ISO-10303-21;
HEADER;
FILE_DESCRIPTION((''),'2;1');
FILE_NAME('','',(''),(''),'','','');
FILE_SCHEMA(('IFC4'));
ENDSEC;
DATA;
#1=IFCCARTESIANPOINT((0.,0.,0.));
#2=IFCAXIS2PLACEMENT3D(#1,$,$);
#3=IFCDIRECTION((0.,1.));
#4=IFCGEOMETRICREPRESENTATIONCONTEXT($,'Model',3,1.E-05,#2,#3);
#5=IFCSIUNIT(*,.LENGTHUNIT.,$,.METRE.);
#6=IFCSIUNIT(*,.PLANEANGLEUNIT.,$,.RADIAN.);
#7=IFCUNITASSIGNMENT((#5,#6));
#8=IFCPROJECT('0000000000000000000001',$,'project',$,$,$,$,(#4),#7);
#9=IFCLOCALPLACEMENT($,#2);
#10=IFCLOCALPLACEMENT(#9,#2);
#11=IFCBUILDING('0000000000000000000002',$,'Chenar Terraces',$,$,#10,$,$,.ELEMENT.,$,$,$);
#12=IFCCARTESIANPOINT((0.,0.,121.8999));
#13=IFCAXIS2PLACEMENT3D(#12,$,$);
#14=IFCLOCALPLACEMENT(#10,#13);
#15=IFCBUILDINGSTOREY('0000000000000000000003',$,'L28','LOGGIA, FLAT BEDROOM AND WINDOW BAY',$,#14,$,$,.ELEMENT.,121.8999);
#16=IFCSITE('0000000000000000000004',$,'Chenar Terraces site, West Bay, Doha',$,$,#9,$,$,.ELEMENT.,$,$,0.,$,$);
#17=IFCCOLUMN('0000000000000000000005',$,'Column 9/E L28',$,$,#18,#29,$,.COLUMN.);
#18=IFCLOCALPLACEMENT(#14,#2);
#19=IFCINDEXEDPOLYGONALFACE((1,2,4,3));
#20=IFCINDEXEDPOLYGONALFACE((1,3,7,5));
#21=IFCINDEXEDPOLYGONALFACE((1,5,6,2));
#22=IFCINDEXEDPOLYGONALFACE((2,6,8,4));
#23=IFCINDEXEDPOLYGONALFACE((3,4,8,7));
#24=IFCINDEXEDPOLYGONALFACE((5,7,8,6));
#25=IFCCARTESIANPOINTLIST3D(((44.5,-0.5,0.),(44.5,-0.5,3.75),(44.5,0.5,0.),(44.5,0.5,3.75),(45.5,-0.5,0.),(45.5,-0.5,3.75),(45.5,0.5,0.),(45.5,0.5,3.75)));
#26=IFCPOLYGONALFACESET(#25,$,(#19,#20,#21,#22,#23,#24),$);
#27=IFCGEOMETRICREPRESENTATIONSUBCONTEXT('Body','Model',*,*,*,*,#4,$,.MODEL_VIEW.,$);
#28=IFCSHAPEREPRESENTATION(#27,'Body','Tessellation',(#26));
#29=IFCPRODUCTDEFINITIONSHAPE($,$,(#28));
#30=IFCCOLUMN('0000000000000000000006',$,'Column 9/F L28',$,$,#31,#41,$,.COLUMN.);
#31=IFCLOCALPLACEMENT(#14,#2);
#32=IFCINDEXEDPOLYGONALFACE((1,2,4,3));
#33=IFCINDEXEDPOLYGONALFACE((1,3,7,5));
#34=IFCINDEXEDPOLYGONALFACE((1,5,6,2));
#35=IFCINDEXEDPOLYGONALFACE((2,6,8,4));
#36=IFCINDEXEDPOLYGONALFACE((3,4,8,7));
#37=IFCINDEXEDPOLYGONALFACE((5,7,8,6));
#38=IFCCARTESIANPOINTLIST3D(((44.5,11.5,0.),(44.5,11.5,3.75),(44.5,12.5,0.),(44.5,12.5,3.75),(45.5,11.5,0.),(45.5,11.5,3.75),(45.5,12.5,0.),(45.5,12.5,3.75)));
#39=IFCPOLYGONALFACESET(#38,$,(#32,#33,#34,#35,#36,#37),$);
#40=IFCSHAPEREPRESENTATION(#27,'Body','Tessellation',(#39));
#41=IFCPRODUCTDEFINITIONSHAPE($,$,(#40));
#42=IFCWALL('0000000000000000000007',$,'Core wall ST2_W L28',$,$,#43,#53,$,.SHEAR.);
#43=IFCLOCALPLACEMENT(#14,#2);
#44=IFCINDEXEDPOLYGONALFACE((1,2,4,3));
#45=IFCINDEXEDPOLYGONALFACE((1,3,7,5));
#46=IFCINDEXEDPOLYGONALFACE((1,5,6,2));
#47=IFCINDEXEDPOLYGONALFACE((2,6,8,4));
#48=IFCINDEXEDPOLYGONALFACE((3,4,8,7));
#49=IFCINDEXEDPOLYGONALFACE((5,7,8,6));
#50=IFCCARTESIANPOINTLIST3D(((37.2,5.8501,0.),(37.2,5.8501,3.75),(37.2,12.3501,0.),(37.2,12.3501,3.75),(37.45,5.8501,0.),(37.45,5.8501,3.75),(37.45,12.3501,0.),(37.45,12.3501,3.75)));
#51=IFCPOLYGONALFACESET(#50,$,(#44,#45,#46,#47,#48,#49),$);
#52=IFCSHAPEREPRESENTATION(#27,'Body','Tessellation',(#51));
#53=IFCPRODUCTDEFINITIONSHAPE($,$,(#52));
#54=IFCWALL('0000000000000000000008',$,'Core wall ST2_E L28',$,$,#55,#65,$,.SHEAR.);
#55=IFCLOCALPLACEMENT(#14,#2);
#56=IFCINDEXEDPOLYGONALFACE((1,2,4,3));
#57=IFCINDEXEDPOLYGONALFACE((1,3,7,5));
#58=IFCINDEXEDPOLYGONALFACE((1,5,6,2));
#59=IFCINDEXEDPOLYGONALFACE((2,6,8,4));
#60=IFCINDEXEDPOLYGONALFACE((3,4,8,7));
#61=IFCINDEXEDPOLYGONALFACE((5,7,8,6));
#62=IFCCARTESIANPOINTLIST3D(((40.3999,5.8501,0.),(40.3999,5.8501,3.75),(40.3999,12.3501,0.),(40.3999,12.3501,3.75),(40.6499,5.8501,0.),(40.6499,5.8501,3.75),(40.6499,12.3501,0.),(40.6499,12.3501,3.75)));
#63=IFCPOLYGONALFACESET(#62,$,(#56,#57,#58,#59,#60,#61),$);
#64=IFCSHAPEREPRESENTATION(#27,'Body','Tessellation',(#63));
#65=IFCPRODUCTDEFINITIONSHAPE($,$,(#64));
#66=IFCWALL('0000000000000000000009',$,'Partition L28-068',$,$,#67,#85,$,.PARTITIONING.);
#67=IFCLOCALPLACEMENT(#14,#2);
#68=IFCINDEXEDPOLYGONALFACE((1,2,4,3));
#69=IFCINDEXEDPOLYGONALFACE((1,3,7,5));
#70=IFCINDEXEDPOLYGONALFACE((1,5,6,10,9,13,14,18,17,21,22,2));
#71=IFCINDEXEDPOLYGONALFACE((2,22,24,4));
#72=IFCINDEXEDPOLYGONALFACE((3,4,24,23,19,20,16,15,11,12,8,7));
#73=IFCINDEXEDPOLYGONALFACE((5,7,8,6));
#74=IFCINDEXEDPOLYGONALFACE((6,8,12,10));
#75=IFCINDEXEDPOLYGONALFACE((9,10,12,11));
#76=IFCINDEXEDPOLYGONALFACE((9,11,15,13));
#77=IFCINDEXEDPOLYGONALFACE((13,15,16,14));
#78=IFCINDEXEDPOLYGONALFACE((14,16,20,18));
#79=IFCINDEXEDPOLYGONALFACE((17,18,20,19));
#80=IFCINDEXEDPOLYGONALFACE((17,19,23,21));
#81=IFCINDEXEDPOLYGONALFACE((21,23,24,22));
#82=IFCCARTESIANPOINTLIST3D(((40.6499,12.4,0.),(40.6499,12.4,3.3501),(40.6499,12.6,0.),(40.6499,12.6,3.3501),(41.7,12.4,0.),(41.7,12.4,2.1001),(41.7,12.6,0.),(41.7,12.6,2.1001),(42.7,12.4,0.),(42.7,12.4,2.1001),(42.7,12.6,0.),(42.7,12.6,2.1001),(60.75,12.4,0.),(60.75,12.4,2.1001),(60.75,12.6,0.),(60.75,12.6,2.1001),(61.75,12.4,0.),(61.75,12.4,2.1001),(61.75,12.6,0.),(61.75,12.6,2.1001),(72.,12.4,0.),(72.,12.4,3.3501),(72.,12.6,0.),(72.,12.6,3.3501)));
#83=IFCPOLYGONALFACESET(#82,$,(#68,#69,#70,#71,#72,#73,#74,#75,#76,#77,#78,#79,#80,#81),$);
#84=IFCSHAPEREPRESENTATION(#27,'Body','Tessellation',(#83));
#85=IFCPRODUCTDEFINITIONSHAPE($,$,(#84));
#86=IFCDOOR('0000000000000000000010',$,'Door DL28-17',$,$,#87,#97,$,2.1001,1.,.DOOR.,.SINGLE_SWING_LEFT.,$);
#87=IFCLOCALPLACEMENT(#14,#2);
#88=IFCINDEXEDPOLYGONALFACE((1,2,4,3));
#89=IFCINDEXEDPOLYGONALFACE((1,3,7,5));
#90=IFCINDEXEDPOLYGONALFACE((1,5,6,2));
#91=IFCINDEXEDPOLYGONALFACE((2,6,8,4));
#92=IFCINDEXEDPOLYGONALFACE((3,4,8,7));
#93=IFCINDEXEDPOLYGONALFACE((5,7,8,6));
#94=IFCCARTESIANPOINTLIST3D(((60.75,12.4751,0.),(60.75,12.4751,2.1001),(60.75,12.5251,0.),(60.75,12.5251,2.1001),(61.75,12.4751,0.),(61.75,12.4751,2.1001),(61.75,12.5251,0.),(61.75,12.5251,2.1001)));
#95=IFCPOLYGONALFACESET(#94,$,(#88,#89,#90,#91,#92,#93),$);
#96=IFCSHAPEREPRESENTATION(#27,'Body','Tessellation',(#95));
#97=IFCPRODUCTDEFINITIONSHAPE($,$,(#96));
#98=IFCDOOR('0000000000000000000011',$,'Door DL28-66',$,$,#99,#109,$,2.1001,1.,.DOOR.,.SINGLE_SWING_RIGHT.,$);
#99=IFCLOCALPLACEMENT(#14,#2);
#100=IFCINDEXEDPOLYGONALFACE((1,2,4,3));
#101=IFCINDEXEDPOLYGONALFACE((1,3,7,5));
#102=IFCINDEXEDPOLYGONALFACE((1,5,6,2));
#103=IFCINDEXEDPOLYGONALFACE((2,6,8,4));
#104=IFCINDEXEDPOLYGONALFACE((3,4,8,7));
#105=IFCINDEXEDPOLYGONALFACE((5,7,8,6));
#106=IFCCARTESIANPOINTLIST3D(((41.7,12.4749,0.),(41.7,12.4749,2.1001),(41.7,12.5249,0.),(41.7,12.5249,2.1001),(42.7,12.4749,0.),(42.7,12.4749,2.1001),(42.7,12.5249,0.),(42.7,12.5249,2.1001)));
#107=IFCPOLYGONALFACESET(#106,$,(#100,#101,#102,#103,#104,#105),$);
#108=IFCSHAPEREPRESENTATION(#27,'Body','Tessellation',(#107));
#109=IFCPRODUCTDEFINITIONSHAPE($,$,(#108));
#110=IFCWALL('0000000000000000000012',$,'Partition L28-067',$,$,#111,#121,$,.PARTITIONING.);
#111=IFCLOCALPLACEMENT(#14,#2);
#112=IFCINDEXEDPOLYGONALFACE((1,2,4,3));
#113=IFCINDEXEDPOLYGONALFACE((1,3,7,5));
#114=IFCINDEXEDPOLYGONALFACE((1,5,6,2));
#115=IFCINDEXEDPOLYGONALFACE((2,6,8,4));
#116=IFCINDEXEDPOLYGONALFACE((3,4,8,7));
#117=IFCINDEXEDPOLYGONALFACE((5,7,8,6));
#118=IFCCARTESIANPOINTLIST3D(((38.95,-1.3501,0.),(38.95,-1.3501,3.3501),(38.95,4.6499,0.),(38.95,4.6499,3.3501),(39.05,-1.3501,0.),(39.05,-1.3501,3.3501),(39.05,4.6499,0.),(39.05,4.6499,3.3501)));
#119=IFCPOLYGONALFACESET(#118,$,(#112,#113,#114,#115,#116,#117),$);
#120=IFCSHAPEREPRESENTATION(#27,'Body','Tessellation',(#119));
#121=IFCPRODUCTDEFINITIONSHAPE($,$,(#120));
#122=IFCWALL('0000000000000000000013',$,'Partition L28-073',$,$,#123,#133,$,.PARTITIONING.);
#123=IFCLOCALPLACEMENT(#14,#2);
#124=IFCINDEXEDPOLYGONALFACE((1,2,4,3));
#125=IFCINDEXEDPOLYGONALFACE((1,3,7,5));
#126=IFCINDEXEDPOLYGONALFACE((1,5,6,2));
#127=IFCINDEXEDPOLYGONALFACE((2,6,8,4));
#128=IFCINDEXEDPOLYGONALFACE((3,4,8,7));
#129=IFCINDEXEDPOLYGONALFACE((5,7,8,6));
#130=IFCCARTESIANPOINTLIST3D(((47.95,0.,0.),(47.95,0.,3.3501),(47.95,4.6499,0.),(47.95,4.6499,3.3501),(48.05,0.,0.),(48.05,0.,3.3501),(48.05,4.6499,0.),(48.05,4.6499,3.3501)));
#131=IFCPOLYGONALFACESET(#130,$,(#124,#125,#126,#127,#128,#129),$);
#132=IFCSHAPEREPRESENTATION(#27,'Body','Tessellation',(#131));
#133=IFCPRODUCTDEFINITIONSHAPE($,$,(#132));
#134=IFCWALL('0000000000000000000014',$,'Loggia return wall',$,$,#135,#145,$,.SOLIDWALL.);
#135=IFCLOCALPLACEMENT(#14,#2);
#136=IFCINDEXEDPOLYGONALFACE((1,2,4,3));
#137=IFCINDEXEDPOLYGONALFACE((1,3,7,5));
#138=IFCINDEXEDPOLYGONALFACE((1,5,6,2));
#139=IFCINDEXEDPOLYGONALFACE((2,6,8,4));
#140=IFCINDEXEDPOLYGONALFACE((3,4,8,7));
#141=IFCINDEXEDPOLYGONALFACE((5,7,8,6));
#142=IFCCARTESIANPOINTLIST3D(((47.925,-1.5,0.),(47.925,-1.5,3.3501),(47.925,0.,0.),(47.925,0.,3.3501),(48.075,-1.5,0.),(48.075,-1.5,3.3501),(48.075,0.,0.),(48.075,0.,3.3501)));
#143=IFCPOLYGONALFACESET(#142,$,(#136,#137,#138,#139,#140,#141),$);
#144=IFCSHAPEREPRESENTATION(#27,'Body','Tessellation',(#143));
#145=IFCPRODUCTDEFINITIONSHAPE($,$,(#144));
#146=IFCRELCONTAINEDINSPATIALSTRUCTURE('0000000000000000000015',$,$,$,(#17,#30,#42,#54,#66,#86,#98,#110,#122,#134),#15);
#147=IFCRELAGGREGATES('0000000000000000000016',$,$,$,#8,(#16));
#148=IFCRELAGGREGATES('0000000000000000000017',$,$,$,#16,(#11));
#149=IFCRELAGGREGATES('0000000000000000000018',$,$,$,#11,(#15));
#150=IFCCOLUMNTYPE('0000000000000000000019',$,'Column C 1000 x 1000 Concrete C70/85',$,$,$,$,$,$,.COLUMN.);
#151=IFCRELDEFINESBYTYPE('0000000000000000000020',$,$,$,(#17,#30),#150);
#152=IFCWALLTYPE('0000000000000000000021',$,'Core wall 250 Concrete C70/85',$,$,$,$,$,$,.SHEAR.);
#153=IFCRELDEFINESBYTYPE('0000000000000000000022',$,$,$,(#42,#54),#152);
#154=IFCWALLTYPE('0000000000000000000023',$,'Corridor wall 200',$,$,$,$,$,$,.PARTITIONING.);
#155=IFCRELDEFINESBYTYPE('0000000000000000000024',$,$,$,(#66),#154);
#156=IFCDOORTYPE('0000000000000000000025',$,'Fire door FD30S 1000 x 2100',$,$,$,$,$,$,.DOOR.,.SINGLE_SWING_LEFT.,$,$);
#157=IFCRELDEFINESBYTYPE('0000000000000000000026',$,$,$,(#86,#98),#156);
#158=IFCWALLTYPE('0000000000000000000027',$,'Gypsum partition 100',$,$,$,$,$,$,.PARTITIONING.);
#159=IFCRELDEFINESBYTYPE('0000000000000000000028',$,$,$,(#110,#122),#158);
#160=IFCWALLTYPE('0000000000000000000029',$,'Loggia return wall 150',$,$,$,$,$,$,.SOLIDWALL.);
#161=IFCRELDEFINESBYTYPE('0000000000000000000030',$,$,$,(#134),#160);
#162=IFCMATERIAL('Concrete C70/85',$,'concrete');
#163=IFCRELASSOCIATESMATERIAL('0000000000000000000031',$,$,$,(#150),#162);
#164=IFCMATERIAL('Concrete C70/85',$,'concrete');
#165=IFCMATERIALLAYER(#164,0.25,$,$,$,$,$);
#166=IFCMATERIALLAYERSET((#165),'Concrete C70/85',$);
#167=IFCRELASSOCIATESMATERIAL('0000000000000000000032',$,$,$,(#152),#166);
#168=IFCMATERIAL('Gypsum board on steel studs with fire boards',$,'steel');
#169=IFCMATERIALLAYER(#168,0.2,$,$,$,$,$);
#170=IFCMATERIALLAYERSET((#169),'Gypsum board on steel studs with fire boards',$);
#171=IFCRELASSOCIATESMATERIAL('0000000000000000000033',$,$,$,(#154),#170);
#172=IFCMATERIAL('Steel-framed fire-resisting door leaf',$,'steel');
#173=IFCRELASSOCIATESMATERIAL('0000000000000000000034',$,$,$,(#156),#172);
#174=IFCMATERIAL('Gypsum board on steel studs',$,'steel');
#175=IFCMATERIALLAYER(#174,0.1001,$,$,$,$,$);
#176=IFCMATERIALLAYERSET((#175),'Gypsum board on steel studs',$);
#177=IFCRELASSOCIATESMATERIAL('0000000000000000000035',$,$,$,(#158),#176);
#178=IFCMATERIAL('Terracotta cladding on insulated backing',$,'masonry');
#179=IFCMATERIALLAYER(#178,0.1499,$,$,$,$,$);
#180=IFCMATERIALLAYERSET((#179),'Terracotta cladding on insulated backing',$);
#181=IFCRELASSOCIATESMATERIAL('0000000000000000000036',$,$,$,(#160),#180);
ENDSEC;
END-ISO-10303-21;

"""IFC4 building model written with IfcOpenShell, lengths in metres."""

from ifc_helpers import new_model, si_unit, direction, frame, frame_2d, origin, origin_2d, place, context, subcontext, project, spatial, rectangle, extrude, material, layer, layer_set, material_profile, profile_set, type_object, element, fill, save


model = new_model("IFC4")

# Units and contexts
model_context = context("Model", 3, precision=1e-05, world=origin(), true_north=direction((0.0, 1.0)))
body_context = subcontext(model_context, "Body", "Model", "MODEL_VIEW")
ifc_project = project(units=[si_unit("LENGTHUNIT", "METRE"), si_unit("PLANEANGLEUNIT", "RADIAN")], contexts=[model_context])

# Site, building, storey
site_placement = place(None, origin())
site = spatial("IfcSite", under=ifc_project, at=site_placement, Name="Chenar Terraces site, West Bay, Doha", CompositionType="ELEMENT", RefElevation=0.0)
building_placement = place(site_placement, origin())
building = spatial("IfcBuilding", under=site, at=building_placement, Name="Chenar Terraces", CompositionType="ELEMENT")
storey_placement = place(building_placement, frame((0.0, 0.0, 121.8999)))
storey = spatial("IfcBuildingStorey", under=building, at=storey_placement, Name="L28", Description="LOGGIA, FLAT BEDROOM AND WINDOW BAY", CompositionType="ELEMENT", Elevation=121.8999)

# Columns
ifc_material_1 = material(Name="Concrete C70/85", Category="concrete")
ifc_material_profile_1 = material_profile(ifc_material_1, rectangle(XDim=1.0, YDim=1.0, at=origin_2d()), Name="C 1000 x 1000")
ifc_profile_set_1 = profile_set([ifc_material_profile_1], Name="Concrete C70/85")
column_type = type_object("IfcColumnType", Name="Column C 1000 x 1000 Concrete C70/85", PredefinedType="COLUMN", material=ifc_profile_set_1)
for number, where, z_axis, x_axis, name in (
    (1, (45.0, 0.0, 0.0), (0.0, 0.0, 1.0), (1.0, 0.0, 0.0), "Column 9/E L28"),
    (2, (45.0, 12.0, 0.0), (0.0, 0.0, 1.0), (1.0, 0.0, 0.0), "Column 9/F L28"),
):
    element("IfcColumn", number, at=place(storey_placement, frame(where, z_axis=z_axis, x_axis=x_axis)), inside=storey, type_object=column_type, Name=name, PredefinedType="COLUMN", context=body_context, shape_type="SweptSolid", body=[
        extrude(rectangle(XDim=1.0, YDim=1.0, at=origin_2d()), origin(), (0.0, 0.0, 1.0), 3.75),
    ])

# Walls
ifc_material_2 = material(Name="Concrete C70/85", Category="concrete")
ifc_layer_1 = layer(ifc_material_2, 0.25)
ifc_layer_set_1 = layer_set([ifc_layer_1], Name="Concrete C70/85")
wall_type_1 = type_object("IfcWallType", Name="Core wall 250 Concrete C70/85", PredefinedType="SHEAR", material=ifc_layer_set_1)
for number, where, z_axis, x_axis, name in (
    (3, (37.325, 5.8501, 0.0), (0.0, 0.0, 1.0), (0.0, 1.0, 0.0), "Core wall ST2_W L28"),
    (4, (40.5249, 5.8501, 0.0), (0.0, 0.0, 1.0), (0.0, 1.0, 0.0), "Core wall ST2_E L28"),
):
    element("IfcWall", number, at=place(storey_placement, frame(where, z_axis=z_axis, x_axis=x_axis)), inside=storey, type_object=wall_type_1, Name=name, PredefinedType="SHEAR", context=body_context, shape_type="SweptSolid", body=[
        extrude(rectangle(XDim=6.5, YDim=0.25, at=frame_2d((3.25, 0.0))), origin(), (0.0, 0.0, 1.0), 3.75),
    ])

# Wall, openings, doors
ifc_material_3 = material(Name="Gypsum board on steel studs with fire boards", Category="steel")
ifc_layer_2 = layer(ifc_material_3, 0.2)
ifc_layer_set_2 = layer_set([ifc_layer_2], Name="Gypsum board on steel studs with fire boards")
wall_type_2 = type_object("IfcWallType", Name="Corridor wall 200", PredefinedType="PARTITIONING", material=ifc_layer_set_2)
wall_1_placement = place(storey_placement, frame((40.6499, 12.5, 0.0), z_axis=(0.0, 0.0, 1.0), x_axis=(1.0, 0.0, 0.0)))
wall_1 = element("IfcWall", 5, at=wall_1_placement, inside=storey, type_object=wall_type_2, Name="Partition L28-068", PredefinedType="PARTITIONING", context=body_context, shape_type="SweptSolid", body=[
    extrude(rectangle(XDim=31.3501, YDim=0.2, at=frame_2d((15.675, 0.0))), origin(), (0.0, 0.0, 1.0), 3.3501),
])
opening_1_placement = place(wall_1_placement, frame((20.1001, 0.0, 0.0)))
opening_1 = element("IfcOpeningElement", 6, at=opening_1_placement, cuts=wall_1, PredefinedType="OPENING", context=body_context, shape_type="SweptSolid", body=[
    extrude(rectangle(XDim=1.0, YDim=2.1001, at=frame_2d((0.5, 1.05))), frame((0.0, 0.1099, 0.0), z_axis=(0.0, -1.0, 0.0), x_axis=(1.0, 0.0, 0.0)), (0.0, 0.0, 1.0), 0.22),
])
opening_2_placement = place(wall_1_placement, frame((1.05, 0.0, 0.0)))
opening_2 = element("IfcOpeningElement", 7, at=opening_2_placement, cuts=wall_1, PredefinedType="OPENING", context=body_context, shape_type="SweptSolid", body=[
    extrude(rectangle(XDim=1.0, YDim=2.1001, at=frame_2d((0.5, 1.05))), frame((0.0, 0.1099, 0.0), z_axis=(0.0, -1.0, 0.0), x_axis=(1.0, 0.0, 0.0)), (0.0, 0.0, 1.0), 0.22),
])
ifc_material_4 = material(Name="Steel-framed fire-resisting door leaf", Category="steel")
door_type_1 = type_object("IfcDoorType", Name="Fire door FD30S 1000 x 2100", OperationType="SINGLE_SWING_LEFT", PredefinedType="DOOR", material=ifc_material_4)
door_1_placement = place(opening_1_placement, frame((1.0, 0.0, 0.0), z_axis=(0.0, 0.0, 1.0), x_axis=(-1.0, 0.0, 0.0)))
door_1 = element("IfcDoor", 8, at=door_1_placement, inside=storey, type_object=door_type_1, Name="Door DL28-17", OperationType="SINGLE_SWING_LEFT", OverallHeight=2.1001, OverallWidth=1.0, PredefinedType="DOOR", context=body_context, shape_type="SweptSolid", body=[
    extrude(rectangle(XDim=1.0, YDim=2.1001, at=frame_2d((0.5, 1.05))), frame((0.0, 0.0249, 0.0), z_axis=(0.0, -1.0, 0.0), x_axis=(1.0, 0.0, 0.0)), (0.0, 0.0, 1.0), 0.05),
])
fill(opening_1, door_1)
door_2_placement = place(opening_2_placement, origin())
door_2 = element("IfcDoor", 9, at=door_2_placement, inside=storey, type_object=door_type_1, Name="Door DL28-66", OperationType="SINGLE_SWING_RIGHT", OverallHeight=2.1001, OverallWidth=1.0, PredefinedType="DOOR", context=body_context, shape_type="SweptSolid", body=[
    extrude(rectangle(XDim=1.0, YDim=2.1001, at=frame_2d((0.5, 1.05))), frame((0.0, 0.0249, 0.0), z_axis=(0.0, -1.0, 0.0), x_axis=(1.0, 0.0, 0.0)), (0.0, 0.0, 1.0), 0.05),
])
fill(opening_2, door_2)

# Walls
ifc_material_5 = material(Name="Gypsum board on steel studs", Category="steel")
ifc_layer_3 = layer(ifc_material_5, 0.1001)
ifc_layer_set_3 = layer_set([ifc_layer_3], Name="Gypsum board on steel studs")
wall_type_3 = type_object("IfcWallType", Name="Gypsum partition 100", PredefinedType="PARTITIONING", material=ifc_layer_set_3)
wall_2_placement = place(storey_placement, frame((39.0, -1.3501, 0.0), z_axis=(0.0, 0.0, 1.0), x_axis=(0.0, 1.0, 0.0)))
element("IfcWall", 10, at=wall_2_placement, inside=storey, type_object=wall_type_3, Name="Partition L28-067", PredefinedType="PARTITIONING", context=body_context, shape_type="SweptSolid", body=[
    extrude(rectangle(XDim=6.0, YDim=0.1001, at=frame_2d((3.0, 0.0))), origin(), (0.0, 0.0, 1.0), 3.3501),
])
wall_3_placement = place(storey_placement, frame((48.0, 0.0, 0.0), z_axis=(0.0, 0.0, 1.0), x_axis=(0.0, 1.0, 0.0)))
element("IfcWall", 11, at=wall_3_placement, inside=storey, type_object=wall_type_3, Name="Partition L28-073", PredefinedType="PARTITIONING", context=body_context, shape_type="SweptSolid", body=[
    extrude(rectangle(XDim=4.6499, YDim=0.1001, at=frame_2d((2.325, 0.0))), origin(), (0.0, 0.0, 1.0), 3.3501),
])
ifc_material_6 = material(Name="Terracotta cladding on insulated backing", Category="masonry")
ifc_layer_4 = layer(ifc_material_6, 0.1499)
ifc_layer_set_4 = layer_set([ifc_layer_4], Name="Terracotta cladding on insulated backing")
wall_type_4 = type_object("IfcWallType", Name="Loggia return wall 150", PredefinedType="SOLIDWALL", material=ifc_layer_set_4)
wall_4_placement = place(storey_placement, frame((48.0, -1.5, 0.0), z_axis=(0.0, 0.0, 1.0), x_axis=(0.0, 1.0, 0.0)))
element("IfcWall", 12, at=wall_4_placement, inside=storey, type_object=wall_type_4, Name="Loggia return wall", PredefinedType="SOLIDWALL", context=body_context, shape_type="SweptSolid", body=[
    extrude(rectangle(XDim=1.5, YDim=0.1499, at=frame_2d((0.75, 0.0))), origin(), (0.0, 0.0, 1.0), 3.3501),
])

save(model, "model.ifc")
